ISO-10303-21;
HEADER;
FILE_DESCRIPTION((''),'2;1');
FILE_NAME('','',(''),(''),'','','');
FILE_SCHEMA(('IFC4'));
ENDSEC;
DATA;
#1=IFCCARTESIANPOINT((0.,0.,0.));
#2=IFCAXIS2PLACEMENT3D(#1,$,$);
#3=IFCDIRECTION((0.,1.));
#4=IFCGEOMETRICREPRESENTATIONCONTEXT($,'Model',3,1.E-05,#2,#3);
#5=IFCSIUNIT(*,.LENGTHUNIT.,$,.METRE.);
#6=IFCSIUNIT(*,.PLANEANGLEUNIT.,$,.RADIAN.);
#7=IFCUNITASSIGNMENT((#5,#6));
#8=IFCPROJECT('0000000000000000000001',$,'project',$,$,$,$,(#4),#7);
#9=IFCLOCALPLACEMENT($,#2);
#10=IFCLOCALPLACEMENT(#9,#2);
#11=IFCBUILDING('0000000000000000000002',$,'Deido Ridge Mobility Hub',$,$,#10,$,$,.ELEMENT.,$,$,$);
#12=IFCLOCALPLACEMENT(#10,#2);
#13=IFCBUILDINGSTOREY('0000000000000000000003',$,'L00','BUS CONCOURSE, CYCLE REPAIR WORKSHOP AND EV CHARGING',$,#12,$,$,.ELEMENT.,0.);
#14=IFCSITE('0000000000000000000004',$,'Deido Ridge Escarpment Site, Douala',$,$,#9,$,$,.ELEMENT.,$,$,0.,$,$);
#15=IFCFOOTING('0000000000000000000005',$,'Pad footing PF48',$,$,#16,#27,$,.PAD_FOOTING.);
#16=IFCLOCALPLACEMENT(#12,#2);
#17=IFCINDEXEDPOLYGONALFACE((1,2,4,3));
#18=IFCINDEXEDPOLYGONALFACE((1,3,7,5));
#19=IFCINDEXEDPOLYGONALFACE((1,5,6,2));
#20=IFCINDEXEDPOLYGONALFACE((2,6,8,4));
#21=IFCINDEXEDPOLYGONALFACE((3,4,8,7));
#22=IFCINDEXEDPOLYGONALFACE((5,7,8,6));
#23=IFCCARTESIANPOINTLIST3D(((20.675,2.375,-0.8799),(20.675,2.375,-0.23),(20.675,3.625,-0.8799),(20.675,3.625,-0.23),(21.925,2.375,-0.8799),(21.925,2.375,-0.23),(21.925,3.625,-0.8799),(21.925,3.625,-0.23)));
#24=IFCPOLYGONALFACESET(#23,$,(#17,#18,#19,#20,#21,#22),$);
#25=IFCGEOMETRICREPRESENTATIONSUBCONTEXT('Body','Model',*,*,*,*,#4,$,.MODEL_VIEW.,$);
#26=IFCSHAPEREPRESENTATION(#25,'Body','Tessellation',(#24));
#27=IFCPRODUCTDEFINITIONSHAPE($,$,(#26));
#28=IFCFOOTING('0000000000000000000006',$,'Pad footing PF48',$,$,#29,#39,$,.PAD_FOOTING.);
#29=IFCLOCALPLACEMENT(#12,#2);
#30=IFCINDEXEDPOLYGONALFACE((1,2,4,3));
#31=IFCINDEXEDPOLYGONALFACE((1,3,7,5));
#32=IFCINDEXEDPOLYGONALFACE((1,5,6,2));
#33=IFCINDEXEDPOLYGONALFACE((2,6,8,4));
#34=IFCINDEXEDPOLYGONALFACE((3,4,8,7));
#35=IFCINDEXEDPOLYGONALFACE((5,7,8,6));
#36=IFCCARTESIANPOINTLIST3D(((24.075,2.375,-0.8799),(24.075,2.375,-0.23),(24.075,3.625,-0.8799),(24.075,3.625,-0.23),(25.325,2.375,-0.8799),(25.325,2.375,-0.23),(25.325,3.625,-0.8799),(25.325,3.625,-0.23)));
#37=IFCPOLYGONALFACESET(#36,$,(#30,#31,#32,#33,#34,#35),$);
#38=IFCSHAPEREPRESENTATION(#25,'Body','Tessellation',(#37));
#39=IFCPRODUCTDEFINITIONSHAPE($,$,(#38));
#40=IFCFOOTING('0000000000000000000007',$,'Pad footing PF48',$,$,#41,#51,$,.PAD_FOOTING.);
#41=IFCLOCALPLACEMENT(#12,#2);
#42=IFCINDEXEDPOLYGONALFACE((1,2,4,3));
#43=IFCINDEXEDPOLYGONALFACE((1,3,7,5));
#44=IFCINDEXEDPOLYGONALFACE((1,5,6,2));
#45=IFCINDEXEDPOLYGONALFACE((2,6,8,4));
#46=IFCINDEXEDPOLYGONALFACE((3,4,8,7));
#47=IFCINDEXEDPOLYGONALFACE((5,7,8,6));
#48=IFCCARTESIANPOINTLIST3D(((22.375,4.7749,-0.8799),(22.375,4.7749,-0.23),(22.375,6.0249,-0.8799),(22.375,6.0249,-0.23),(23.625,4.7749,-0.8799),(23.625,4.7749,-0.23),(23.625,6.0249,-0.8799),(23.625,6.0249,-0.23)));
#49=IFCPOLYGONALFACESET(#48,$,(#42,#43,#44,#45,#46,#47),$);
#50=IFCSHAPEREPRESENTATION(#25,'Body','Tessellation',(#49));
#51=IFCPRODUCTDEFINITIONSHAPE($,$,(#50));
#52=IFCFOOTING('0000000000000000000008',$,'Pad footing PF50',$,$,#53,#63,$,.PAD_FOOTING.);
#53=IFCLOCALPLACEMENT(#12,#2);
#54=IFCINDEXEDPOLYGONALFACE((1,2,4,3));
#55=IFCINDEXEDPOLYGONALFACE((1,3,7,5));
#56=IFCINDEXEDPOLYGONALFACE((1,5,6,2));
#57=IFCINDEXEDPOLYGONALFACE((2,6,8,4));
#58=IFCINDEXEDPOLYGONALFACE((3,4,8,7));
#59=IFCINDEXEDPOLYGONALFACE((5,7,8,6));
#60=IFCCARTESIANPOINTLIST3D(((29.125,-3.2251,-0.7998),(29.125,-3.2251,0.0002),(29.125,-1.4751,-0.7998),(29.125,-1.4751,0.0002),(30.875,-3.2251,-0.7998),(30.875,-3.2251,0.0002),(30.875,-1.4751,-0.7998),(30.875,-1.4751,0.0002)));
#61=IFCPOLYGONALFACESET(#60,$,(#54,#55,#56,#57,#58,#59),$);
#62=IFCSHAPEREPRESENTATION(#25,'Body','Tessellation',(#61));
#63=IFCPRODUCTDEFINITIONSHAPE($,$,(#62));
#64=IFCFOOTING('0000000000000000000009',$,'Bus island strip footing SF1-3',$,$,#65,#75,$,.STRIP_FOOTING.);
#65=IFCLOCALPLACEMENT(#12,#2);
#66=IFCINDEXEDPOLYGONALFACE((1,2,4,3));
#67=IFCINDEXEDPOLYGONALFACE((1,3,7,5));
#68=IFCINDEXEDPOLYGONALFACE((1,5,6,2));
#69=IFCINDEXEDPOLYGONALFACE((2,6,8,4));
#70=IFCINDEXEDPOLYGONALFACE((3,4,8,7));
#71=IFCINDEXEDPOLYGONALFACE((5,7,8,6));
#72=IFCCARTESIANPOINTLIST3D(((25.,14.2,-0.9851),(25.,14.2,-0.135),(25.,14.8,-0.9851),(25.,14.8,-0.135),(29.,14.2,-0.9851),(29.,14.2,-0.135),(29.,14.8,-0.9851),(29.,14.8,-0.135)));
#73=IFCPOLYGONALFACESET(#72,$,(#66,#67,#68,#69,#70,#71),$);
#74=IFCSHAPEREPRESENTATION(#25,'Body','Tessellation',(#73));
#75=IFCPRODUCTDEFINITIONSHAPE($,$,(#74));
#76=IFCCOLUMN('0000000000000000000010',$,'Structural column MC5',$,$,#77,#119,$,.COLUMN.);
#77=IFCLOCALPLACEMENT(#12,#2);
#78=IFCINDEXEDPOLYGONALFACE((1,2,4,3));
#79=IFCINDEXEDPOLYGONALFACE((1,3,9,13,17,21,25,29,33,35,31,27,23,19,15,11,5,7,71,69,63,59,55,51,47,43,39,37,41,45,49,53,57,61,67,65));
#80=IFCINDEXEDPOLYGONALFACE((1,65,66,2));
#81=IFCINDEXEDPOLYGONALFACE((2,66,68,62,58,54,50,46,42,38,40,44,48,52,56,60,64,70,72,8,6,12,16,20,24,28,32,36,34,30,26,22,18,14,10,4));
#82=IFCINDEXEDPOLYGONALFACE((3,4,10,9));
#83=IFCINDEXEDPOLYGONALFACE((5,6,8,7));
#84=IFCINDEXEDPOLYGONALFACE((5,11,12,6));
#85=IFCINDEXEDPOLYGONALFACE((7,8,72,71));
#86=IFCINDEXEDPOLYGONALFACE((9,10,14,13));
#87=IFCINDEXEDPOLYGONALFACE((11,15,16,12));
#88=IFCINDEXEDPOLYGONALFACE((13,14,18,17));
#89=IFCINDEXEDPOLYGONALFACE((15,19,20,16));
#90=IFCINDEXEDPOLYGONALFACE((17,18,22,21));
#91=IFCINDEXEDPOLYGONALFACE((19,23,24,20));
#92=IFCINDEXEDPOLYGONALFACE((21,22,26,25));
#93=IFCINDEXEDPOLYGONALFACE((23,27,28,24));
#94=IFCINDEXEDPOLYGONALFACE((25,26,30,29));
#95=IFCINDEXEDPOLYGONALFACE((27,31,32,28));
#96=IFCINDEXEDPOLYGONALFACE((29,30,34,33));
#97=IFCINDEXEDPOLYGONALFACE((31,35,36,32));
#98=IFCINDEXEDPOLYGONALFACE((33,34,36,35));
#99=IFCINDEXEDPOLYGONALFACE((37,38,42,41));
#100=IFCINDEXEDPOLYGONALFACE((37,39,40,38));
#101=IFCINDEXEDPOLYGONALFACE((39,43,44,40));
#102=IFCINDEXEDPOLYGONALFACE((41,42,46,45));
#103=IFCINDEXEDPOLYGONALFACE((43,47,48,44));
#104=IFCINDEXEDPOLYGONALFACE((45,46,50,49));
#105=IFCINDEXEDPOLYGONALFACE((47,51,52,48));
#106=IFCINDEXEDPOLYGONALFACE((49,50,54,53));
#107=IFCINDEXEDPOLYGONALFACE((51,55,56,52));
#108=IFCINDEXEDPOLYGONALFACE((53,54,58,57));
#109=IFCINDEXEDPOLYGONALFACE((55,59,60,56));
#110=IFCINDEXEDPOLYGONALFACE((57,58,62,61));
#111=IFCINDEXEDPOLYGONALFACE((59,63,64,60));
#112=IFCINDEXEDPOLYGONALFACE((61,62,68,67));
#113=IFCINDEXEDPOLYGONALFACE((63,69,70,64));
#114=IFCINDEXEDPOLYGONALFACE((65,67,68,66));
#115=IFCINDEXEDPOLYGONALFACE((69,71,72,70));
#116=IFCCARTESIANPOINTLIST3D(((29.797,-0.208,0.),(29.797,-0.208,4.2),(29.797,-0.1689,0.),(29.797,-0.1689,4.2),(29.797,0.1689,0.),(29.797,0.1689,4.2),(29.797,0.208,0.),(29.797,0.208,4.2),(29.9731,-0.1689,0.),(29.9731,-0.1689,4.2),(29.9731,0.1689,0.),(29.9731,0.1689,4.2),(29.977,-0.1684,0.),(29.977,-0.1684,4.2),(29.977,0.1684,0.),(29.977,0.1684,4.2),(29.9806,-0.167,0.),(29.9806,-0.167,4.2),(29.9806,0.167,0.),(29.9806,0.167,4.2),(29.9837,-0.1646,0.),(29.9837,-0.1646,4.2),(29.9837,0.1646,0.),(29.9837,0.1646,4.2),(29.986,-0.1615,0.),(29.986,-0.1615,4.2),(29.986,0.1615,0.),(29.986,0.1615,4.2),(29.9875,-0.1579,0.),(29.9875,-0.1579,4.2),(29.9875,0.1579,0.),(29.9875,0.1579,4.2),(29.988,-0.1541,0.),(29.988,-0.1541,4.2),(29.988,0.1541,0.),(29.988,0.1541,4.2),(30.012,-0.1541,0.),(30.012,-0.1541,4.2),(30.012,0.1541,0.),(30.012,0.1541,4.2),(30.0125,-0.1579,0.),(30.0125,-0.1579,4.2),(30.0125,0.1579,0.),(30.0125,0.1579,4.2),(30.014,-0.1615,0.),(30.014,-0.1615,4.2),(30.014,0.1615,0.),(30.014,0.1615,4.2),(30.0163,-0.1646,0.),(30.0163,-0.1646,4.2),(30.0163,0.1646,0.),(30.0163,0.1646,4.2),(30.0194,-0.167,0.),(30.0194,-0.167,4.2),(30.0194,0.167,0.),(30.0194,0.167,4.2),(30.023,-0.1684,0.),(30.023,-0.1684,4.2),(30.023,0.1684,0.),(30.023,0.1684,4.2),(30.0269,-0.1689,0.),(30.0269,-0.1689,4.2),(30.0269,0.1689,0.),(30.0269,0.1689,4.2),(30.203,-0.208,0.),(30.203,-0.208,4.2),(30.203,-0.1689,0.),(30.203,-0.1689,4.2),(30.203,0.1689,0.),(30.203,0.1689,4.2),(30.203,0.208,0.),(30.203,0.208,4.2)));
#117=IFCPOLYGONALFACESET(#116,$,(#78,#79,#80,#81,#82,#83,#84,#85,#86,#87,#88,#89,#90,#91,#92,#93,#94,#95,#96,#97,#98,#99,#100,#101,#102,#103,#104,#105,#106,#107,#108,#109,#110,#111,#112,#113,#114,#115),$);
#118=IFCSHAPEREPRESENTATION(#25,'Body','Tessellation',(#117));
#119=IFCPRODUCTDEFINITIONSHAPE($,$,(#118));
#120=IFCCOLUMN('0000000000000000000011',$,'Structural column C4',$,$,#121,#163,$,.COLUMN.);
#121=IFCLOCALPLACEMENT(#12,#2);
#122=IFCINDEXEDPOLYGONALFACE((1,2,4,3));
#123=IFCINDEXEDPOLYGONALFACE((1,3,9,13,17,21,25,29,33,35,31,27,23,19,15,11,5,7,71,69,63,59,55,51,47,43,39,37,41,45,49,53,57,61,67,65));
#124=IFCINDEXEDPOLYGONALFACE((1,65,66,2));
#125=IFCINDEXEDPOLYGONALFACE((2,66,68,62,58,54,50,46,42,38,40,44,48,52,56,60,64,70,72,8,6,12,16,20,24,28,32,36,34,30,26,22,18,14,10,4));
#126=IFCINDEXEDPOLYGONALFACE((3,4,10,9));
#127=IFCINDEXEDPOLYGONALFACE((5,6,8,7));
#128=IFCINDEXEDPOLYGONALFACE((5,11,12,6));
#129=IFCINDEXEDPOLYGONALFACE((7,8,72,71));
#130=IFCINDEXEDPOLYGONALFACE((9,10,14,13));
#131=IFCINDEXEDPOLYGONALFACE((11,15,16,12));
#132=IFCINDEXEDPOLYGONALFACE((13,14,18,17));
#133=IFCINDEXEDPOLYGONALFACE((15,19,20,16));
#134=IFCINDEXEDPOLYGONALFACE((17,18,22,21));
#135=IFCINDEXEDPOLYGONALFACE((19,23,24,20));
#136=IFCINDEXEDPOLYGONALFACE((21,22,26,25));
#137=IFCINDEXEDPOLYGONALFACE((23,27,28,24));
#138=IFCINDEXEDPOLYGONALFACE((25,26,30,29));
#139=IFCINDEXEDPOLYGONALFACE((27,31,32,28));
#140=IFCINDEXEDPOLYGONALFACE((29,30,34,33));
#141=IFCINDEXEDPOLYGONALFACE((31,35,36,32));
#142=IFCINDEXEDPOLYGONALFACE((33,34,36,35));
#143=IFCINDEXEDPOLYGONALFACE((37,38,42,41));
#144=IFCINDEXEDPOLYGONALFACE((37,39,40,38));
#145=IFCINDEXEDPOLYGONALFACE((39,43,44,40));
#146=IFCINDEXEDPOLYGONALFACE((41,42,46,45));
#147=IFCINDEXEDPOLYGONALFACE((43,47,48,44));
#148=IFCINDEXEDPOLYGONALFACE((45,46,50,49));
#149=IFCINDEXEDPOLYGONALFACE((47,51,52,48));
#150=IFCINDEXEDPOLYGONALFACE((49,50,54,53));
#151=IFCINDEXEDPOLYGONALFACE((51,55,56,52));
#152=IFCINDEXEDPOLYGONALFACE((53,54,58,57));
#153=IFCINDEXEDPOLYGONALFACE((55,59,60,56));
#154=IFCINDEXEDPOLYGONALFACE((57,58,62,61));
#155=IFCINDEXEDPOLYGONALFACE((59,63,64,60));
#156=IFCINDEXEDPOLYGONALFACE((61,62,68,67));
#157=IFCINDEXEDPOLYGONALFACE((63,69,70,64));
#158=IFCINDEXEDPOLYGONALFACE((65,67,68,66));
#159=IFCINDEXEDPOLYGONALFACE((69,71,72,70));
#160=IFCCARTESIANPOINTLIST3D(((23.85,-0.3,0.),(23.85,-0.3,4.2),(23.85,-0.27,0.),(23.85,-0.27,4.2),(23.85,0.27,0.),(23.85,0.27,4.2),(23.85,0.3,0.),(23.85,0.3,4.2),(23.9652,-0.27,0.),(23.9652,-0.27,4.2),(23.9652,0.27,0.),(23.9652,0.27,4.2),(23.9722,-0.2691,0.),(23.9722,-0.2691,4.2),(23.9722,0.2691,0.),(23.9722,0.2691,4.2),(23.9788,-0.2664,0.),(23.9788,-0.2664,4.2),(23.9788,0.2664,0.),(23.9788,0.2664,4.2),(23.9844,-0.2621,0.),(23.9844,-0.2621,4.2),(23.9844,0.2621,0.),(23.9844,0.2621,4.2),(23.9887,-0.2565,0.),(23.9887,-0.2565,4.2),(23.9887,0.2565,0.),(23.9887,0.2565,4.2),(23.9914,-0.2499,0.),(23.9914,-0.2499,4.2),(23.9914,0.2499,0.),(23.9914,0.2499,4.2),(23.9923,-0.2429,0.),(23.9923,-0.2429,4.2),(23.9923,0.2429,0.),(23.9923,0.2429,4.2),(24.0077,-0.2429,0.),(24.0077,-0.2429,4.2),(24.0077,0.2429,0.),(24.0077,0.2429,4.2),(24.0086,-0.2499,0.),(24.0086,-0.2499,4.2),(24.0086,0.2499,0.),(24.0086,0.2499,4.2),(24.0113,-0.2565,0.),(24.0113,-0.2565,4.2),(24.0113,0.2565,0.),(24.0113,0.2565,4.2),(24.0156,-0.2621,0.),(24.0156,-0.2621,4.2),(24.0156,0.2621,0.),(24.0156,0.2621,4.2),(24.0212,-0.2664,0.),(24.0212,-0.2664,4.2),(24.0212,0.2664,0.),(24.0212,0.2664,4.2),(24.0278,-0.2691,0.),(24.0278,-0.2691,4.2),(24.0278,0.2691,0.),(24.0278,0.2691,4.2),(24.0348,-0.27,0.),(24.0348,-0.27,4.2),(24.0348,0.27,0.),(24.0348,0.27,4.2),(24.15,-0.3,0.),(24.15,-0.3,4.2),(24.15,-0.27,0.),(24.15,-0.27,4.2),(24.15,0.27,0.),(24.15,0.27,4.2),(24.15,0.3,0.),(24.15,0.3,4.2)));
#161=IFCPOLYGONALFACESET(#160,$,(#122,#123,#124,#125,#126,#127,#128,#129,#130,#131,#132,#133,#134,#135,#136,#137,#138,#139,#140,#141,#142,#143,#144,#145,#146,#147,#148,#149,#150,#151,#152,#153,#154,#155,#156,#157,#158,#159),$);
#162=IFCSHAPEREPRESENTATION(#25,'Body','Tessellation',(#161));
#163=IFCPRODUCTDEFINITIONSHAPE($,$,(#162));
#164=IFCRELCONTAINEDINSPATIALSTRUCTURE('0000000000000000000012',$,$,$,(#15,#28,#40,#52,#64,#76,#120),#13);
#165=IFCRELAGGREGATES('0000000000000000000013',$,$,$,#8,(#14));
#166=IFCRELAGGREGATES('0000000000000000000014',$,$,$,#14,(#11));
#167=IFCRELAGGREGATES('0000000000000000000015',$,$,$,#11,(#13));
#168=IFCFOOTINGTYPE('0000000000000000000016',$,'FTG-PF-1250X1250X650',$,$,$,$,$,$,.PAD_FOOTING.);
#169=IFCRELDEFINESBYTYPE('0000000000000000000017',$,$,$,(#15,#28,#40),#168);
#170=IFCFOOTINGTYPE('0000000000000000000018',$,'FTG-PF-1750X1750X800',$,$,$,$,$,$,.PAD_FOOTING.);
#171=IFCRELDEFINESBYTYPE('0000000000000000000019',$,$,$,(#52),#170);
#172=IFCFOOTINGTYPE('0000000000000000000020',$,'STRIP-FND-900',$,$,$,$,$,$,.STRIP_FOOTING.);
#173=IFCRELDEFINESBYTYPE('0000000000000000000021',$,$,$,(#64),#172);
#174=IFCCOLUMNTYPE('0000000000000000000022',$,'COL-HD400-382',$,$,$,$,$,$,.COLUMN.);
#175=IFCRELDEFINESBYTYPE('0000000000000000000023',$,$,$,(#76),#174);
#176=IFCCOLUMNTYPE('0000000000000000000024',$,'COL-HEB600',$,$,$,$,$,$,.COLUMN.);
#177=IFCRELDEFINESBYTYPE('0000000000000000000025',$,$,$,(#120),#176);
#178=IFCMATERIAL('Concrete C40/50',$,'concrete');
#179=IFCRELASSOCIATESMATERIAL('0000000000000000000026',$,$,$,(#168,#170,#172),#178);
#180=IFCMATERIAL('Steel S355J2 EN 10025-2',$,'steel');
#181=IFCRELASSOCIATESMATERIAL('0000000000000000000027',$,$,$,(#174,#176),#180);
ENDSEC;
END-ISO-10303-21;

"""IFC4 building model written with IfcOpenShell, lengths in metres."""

from ifc_helpers import new_model, si_unit, direction, frame, origin, origin_2d, place, context, subcontext, project, spatial, rectangle, i_section, extrude, material, material_profile, profile_set, type_object, element, save


model = new_model("IFC4")

# Units and contexts
model_context = context("Model", 3, precision=1e-05, world=origin(), true_north=direction((0.0, 1.0)))
body_context = subcontext(model_context, "Body", "Model", "MODEL_VIEW")
ifc_project = project(units=[si_unit("LENGTHUNIT", "METRE"), si_unit("PLANEANGLEUNIT", "RADIAN")], contexts=[model_context])

# Site, building, storey
site_placement = place(None, origin())
site = spatial("IfcSite", under=ifc_project, at=site_placement, Name="Deido Ridge Escarpment Site, Douala", CompositionType="ELEMENT", RefElevation=0.0)
building_placement = place(site_placement, origin())
building = spatial("IfcBuilding", under=site, at=building_placement, Name="Deido Ridge Mobility Hub", CompositionType="ELEMENT")
storey_placement = place(building_placement, origin())
storey = spatial("IfcBuildingStorey", under=building, at=storey_placement, Name="L00", Description="BUS CONCOURSE, CYCLE REPAIR WORKSHOP AND EV CHARGING", CompositionType="ELEMENT", Elevation=0.0)

# Footings
ifc_material_1 = material(Name="Concrete C40/50", Category="concrete")
footing_type_1 = type_object("IfcFootingType", Name="FTG-PF-1250X1250X650", PredefinedType="PAD_FOOTING", material=ifc_material_1)
for number, where, z_axis, x_axis, name in (
    (1, (21.3, 3.0, -0.8799), (0.0, 0.0, 1.0), (1.0, 0.0, 0.0), "Pad footing PF48"),
    (2, (24.7, 3.0, -0.8799), (0.0, 0.0, 1.0), (1.0, 0.0, 0.0), "Pad footing PF48"),
    (3, (23.0, 5.3999, -0.8799), (0.0, 0.0, 1.0), (1.0, 0.0, 0.0), "Pad footing PF48"),
):
    element("IfcFooting", number, at=place(storey_placement, frame(where, z_axis=z_axis, x_axis=x_axis)), inside=storey, type_object=footing_type_1, Name=name, PredefinedType="PAD_FOOTING", context=body_context, shape_type="SweptSolid", body=[
        extrude(rectangle(XDim=1.25, YDim=1.25, at=origin_2d()), origin(), (0.0, 0.0, 1.0), 0.6499),
    ])
footing_type_2 = type_object("IfcFootingType", Name="FTG-PF-1750X1750X800", PredefinedType="PAD_FOOTING", material=ifc_material_1)
footing_1_placement = place(storey_placement, frame((30.0, -2.3501, -0.7998), z_axis=(0.0, 0.0, 1.0), x_axis=(1.0, 0.0, 0.0)))
element("IfcFooting", 4, at=footing_1_placement, inside=storey, type_object=footing_type_2, Name="Pad footing PF50", PredefinedType="PAD_FOOTING", context=body_context, shape_type="SweptSolid", body=[
    extrude(rectangle(XDim=1.75, YDim=1.75, at=origin_2d()), origin(), (0.0, 0.0, 1.0), 0.8),
])
ifc_material_profile_1 = material_profile(ifc_material_1, rectangle(XDim=0.6001, YDim=0.8501, at=origin_2d()), Name="RC GB 600x850")
ifc_profile_set_1 = profile_set([ifc_material_profile_1], Name="Concrete C40/50")
footing_type_3 = type_object("IfcFootingType", Name="STRIP-FND-900", PredefinedType="STRIP_FOOTING", material=ifc_profile_set_1)
footing_2_placement = place(storey_placement, frame((25.0, 14.5, -0.5601), z_axis=(1.0, 0.0, 0.0), x_axis=(0.0, 1.0, 0.0)))
element("IfcFooting", 5, at=footing_2_placement, inside=storey, type_object=footing_type_3, Name="Bus island strip footing SF1-3", PredefinedType="STRIP_FOOTING", context=body_context, shape_type="SweptSolid", body=[
    extrude(rectangle(XDim=0.6001, YDim=0.8501, at=origin_2d()), origin(), (0.0, 0.0, 1.0), 4.0),
])

# Columns
ifc_material_2 = material(Name="Steel S355J2 EN 10025-2", Category="steel")
ifc_material_profile_2 = material_profile(ifc_material_2, i_section(OverallWidth=0.406, OverallDepth=0.416, WebThickness=0.0239, FlangeThickness=0.0391, FilletRadius=0.0149, at=origin_2d()), Name="HD 400x382")
ifc_profile_set_2 = profile_set([ifc_material_profile_2], Name="Steel S355J2 EN 10025-2")
column_type_1 = type_object("IfcColumnType", Name="COL-HD400-382", PredefinedType="COLUMN", material=ifc_profile_set_2)
column_1_placement = place(storey_placement, frame((30.0, 0.0, 0.0), z_axis=(0.0, 0.0, 1.0), x_axis=(1.0, 0.0, 0.0)))
element("IfcColumn", 6, at=column_1_placement, inside=storey, type_object=column_type_1, Name="Structural column MC5", PredefinedType="COLUMN", context=body_context, shape_type="SweptSolid", body=[
    extrude(i_section(OverallWidth=0.406, OverallDepth=0.416, WebThickness=0.0239, FlangeThickness=0.0391, FilletRadius=0.0149, at=origin_2d()), origin(), (0.0, 0.0, 1.0), 4.2),
])
ifc_material_profile_3 = material_profile(ifc_material_2, i_section(OverallWidth=0.3, OverallDepth=0.6001, WebThickness=0.0154, FlangeThickness=0.03, FilletRadius=0.0271, at=origin_2d()), Name="HEB 600")
ifc_profile_set_3 = profile_set([ifc_material_profile_3], Name="Steel S355J2 EN 10025-2")
column_type_2 = type_object("IfcColumnType", Name="COL-HEB600", PredefinedType="COLUMN", material=ifc_profile_set_3)
column_2_placement = place(storey_placement, frame((24.0, 0.0, 0.0), z_axis=(0.0, 0.0, 1.0), x_axis=(1.0, 0.0, 0.0)))
element("IfcColumn", 7, at=column_2_placement, inside=storey, type_object=column_type_2, Name="Structural column C4", PredefinedType="COLUMN", context=body_context, shape_type="SweptSolid", body=[
    extrude(i_section(OverallWidth=0.3, OverallDepth=0.6001, WebThickness=0.0154, FlangeThickness=0.03, FilletRadius=0.0271, at=origin_2d()), origin(), (0.0, 0.0, 1.0), 4.2),
])

save(model, "model.ifc")
